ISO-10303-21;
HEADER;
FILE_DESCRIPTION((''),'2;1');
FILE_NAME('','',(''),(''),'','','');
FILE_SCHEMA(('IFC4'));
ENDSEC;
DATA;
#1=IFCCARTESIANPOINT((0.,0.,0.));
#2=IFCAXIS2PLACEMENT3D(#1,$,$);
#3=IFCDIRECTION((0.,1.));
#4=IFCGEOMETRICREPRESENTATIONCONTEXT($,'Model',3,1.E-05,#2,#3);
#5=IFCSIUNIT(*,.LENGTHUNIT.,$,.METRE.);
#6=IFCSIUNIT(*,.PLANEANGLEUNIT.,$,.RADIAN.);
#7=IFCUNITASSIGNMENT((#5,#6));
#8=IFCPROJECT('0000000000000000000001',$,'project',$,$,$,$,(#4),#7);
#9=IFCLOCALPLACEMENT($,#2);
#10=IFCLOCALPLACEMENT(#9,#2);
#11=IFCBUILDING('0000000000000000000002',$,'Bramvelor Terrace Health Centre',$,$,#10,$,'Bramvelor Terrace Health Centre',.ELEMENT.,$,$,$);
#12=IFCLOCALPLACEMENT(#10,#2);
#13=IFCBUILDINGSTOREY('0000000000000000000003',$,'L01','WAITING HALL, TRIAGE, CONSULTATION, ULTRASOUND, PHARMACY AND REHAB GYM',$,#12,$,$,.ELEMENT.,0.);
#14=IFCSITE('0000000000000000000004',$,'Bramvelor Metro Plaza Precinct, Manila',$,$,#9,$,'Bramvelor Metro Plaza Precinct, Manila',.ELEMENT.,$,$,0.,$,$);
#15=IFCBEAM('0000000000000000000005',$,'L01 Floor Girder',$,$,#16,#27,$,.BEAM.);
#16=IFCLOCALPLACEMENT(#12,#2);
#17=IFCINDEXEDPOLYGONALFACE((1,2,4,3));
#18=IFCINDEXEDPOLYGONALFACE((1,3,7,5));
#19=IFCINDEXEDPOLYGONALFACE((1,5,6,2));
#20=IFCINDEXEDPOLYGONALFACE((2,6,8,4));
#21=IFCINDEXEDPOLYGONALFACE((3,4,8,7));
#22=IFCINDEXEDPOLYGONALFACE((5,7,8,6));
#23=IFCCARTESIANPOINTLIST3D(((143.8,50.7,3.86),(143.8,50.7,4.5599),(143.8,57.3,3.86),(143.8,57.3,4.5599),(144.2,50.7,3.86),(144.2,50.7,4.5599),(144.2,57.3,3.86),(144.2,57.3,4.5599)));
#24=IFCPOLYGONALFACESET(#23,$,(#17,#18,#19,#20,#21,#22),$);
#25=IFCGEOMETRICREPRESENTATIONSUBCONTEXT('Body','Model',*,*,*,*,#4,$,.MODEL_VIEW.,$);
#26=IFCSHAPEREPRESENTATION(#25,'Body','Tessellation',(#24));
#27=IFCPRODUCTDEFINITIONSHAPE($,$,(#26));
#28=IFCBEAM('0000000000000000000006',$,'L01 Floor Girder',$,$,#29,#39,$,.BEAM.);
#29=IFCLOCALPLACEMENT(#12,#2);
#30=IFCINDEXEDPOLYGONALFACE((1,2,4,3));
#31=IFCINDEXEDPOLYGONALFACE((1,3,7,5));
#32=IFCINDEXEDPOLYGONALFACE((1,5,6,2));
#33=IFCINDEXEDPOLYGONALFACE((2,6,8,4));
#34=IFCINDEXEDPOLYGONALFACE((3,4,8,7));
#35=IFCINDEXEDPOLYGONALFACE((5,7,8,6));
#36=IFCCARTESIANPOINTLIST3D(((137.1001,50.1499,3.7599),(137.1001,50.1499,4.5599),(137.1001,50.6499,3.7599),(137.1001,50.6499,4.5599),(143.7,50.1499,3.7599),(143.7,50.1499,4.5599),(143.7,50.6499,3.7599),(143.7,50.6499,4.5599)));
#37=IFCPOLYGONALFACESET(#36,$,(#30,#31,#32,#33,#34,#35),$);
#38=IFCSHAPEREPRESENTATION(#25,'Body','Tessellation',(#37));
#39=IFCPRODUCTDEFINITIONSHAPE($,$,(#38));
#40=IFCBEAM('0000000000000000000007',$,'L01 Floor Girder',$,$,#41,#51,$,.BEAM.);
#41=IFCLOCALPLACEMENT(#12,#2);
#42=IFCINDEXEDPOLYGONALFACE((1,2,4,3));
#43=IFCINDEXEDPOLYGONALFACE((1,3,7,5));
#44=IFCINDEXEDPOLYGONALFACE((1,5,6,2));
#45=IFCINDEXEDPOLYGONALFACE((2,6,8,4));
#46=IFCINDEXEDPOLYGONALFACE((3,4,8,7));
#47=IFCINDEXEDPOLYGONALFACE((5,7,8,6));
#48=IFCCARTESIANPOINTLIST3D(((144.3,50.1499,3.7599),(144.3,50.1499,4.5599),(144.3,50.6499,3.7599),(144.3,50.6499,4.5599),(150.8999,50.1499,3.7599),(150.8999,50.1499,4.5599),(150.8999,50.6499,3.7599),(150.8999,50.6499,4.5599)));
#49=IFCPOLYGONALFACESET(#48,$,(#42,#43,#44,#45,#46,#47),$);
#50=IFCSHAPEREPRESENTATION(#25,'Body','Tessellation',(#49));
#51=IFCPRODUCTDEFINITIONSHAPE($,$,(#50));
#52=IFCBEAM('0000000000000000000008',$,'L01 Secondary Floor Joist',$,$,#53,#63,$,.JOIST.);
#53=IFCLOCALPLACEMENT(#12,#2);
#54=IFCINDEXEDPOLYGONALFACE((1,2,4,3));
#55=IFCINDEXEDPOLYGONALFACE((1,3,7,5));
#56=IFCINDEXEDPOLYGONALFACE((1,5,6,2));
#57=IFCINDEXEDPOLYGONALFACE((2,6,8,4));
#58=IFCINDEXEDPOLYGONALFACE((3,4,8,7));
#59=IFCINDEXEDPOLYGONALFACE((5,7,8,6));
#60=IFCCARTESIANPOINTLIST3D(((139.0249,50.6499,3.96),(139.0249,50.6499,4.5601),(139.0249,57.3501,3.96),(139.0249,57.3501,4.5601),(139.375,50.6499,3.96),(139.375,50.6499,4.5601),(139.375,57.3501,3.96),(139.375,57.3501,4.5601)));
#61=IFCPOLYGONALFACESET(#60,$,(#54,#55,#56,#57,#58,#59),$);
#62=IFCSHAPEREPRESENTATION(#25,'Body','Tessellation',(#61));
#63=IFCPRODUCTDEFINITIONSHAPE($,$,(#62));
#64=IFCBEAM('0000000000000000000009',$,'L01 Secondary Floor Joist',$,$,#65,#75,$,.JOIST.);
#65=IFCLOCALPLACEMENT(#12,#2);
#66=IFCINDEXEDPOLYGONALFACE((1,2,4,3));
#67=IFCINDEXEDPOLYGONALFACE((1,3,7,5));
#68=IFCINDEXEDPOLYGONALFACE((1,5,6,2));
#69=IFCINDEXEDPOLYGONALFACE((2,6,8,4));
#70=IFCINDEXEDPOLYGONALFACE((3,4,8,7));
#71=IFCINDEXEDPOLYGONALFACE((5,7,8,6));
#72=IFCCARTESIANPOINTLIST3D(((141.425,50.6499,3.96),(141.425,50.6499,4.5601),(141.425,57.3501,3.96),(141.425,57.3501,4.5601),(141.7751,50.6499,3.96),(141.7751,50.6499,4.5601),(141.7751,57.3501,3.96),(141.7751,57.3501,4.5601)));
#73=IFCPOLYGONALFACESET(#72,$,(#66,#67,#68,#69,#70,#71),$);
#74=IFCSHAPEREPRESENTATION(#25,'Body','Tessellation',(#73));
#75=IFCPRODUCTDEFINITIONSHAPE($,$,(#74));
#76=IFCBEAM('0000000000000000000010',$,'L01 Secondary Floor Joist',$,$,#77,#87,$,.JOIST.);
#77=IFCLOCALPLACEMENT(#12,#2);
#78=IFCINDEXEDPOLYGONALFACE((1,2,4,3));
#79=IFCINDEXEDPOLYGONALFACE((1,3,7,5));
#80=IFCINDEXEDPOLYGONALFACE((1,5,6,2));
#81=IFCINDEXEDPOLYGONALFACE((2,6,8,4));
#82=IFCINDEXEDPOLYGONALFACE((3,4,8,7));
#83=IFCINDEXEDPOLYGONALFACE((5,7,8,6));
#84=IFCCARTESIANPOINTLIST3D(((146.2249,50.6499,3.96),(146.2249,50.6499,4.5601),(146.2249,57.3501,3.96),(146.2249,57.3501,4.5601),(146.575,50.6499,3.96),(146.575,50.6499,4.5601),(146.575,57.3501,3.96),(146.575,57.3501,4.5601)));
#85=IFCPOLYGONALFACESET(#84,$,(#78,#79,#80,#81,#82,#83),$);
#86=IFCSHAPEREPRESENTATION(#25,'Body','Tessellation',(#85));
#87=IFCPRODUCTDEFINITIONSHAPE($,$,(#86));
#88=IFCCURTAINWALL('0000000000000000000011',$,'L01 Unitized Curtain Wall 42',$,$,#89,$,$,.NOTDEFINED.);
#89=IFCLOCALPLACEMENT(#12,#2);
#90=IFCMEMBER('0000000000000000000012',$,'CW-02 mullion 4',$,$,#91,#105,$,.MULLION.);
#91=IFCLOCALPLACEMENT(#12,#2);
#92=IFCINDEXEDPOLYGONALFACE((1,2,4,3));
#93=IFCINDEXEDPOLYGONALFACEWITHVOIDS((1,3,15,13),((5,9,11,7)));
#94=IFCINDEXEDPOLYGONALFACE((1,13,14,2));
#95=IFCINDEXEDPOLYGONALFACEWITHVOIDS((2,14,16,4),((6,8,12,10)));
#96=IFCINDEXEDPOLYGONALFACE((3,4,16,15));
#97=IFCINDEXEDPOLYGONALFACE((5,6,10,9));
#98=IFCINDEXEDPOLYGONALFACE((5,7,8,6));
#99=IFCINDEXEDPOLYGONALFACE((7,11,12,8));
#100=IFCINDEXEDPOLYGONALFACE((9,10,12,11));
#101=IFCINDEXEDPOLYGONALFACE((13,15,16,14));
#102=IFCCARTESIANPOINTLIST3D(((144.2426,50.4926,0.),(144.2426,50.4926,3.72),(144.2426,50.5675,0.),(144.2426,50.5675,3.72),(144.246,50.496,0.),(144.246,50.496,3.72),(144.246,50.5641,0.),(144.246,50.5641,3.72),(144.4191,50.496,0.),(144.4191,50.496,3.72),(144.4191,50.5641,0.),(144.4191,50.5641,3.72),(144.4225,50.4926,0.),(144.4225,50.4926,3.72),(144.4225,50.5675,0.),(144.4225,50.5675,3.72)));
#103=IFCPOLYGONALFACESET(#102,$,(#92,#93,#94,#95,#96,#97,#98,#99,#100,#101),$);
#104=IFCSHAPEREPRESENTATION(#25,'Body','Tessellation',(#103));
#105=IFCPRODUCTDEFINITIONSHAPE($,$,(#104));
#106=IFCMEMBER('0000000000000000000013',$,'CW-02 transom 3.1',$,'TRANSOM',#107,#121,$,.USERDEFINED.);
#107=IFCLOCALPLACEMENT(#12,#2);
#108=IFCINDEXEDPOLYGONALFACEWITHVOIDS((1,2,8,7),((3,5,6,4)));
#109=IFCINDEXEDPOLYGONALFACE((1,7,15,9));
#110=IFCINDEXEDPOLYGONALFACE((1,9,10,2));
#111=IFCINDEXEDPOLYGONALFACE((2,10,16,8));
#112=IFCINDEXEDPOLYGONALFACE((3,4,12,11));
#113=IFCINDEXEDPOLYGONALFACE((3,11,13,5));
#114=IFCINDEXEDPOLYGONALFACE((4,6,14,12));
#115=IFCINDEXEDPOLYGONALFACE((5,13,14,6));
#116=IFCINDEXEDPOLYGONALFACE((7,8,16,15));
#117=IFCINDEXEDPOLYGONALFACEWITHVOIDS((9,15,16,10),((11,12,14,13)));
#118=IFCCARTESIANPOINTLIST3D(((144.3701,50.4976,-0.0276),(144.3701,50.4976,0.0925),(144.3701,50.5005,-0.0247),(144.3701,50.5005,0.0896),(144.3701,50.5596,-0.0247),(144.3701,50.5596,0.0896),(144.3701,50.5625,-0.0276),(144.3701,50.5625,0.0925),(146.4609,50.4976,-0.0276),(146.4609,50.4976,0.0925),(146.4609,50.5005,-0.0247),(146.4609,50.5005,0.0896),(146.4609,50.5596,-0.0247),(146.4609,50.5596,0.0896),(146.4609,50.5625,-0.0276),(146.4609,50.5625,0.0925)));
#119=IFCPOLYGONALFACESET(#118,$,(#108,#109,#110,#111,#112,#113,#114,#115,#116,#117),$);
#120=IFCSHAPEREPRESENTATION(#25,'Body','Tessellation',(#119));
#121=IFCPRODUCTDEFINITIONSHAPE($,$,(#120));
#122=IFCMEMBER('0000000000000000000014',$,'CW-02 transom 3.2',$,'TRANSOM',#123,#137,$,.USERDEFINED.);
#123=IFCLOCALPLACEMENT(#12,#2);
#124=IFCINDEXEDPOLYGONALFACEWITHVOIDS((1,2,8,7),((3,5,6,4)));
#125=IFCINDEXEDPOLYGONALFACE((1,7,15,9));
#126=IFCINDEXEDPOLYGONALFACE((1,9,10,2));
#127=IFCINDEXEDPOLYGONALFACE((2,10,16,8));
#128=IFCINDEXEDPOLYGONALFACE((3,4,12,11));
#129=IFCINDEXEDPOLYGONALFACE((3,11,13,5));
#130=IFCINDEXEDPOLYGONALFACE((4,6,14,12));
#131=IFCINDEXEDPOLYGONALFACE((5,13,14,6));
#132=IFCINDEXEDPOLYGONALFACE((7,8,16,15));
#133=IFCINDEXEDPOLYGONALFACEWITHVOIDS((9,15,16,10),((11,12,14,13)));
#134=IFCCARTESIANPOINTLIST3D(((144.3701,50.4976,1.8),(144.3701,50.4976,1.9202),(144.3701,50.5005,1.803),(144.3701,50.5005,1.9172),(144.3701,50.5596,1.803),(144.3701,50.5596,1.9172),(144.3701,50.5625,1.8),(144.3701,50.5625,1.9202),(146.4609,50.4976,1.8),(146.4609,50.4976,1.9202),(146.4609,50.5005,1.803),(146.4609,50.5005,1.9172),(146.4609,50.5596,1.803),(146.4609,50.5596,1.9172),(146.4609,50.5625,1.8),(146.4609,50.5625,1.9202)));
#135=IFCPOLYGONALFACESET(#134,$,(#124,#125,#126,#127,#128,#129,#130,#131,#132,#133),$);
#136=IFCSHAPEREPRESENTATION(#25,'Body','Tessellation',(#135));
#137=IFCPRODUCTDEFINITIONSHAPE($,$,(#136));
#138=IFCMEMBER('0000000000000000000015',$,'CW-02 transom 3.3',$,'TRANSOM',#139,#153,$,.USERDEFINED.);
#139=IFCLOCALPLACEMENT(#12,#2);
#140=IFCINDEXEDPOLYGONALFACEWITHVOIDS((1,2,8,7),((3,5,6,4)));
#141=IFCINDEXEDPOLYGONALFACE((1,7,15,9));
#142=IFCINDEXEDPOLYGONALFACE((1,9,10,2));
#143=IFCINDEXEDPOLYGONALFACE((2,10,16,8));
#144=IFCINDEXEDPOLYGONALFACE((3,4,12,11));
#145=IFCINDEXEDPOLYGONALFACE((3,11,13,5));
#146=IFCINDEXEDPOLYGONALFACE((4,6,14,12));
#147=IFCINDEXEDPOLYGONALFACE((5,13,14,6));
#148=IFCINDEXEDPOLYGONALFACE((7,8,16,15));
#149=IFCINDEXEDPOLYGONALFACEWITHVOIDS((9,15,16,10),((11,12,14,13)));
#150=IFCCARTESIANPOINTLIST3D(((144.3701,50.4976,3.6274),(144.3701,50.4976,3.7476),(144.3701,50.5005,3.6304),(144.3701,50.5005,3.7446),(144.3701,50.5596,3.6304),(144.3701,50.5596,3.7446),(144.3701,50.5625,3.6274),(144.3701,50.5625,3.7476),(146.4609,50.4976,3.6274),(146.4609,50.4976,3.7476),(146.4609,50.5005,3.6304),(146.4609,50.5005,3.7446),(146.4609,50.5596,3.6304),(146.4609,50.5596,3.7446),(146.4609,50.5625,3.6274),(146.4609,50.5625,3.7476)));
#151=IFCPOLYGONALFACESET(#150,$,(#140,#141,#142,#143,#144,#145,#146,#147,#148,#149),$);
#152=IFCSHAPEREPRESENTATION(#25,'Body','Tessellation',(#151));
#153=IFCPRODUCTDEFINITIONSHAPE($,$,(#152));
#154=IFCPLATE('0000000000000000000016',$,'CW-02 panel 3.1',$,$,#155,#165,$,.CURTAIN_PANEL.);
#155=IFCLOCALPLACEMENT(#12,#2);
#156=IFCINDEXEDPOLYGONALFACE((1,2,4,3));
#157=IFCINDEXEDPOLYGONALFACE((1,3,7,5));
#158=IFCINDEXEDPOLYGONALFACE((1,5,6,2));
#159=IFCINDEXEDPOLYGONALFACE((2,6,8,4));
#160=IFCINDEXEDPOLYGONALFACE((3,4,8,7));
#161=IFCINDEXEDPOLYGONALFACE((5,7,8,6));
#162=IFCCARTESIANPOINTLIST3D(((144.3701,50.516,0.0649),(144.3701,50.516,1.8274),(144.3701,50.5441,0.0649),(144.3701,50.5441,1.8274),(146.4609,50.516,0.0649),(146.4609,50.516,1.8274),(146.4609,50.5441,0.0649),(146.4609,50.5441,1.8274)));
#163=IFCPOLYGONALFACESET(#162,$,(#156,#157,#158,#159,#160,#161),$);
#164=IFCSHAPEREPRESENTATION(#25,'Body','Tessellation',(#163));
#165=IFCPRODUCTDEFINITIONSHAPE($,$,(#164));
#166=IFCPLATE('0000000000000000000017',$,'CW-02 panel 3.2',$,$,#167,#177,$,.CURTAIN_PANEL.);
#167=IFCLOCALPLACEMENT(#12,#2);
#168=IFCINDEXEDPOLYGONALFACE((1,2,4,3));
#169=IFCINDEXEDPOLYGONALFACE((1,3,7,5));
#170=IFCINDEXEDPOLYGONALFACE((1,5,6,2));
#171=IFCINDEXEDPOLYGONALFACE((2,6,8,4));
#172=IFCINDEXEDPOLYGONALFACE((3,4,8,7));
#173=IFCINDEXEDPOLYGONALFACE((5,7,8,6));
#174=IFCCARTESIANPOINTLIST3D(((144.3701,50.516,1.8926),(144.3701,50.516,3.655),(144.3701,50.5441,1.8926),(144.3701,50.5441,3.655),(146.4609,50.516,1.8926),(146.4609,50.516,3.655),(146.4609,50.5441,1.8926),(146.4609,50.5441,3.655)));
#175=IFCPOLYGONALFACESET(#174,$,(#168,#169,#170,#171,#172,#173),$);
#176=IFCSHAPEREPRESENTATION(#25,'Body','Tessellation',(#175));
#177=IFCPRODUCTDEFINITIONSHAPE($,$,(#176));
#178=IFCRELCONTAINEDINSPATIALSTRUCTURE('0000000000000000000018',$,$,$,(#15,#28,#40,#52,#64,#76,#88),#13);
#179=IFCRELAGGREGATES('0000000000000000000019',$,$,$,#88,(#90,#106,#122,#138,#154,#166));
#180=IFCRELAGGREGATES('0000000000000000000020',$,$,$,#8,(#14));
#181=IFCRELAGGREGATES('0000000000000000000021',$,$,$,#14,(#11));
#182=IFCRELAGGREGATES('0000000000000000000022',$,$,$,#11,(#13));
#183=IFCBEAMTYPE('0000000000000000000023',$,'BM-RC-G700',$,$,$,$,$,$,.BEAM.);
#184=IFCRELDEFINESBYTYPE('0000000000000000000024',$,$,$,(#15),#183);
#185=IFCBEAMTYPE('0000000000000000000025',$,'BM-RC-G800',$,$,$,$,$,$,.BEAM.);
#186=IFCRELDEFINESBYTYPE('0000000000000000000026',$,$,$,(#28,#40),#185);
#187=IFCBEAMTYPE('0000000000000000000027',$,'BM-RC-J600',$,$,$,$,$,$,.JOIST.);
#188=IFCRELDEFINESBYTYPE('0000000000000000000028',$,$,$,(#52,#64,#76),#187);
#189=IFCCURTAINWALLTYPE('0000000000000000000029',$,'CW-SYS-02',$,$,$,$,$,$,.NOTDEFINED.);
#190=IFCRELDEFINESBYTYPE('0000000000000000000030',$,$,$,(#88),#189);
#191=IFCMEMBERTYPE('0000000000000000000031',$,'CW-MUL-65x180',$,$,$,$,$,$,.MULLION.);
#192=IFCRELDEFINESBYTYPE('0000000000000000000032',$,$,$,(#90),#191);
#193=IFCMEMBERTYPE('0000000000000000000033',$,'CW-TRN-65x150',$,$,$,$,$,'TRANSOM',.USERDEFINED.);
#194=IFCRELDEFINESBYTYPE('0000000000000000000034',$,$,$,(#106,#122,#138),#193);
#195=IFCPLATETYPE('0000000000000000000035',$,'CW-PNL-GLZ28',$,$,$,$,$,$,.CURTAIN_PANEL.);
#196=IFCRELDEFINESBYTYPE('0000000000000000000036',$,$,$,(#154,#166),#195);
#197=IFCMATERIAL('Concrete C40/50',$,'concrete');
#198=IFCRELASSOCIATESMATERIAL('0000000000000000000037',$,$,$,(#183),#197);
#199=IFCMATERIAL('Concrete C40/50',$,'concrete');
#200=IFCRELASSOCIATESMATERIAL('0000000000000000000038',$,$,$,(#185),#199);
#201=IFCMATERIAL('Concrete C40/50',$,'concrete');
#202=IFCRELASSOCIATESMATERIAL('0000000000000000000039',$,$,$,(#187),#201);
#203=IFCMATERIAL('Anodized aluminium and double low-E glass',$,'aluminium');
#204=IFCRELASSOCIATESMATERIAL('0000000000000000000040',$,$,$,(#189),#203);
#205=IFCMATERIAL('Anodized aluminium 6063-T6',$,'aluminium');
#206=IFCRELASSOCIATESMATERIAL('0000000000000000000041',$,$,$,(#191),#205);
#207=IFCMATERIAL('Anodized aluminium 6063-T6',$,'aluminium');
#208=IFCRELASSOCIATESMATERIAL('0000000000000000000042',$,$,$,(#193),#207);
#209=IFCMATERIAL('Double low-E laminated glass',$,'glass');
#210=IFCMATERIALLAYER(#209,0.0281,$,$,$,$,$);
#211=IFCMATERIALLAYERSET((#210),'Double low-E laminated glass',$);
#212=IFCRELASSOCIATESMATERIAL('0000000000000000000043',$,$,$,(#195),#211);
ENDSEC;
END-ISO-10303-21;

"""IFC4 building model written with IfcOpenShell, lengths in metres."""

from ifc_helpers import new_model, si_unit, direction, frame, origin, origin_2d, place, context, subcontext, project, spatial, rectangle, hollow_rectangle, extrude, material, layer, layer_set, material_profile, profile_set, type_object, element, aggregate, save


model = new_model("IFC4")

# Units and contexts
model_context = context("Model", 3, precision=1e-05, world=origin(), true_north=direction((0.0, 1.0)))
body_context = subcontext(model_context, "Body", "Model", "MODEL_VIEW")
ifc_project = project(units=[si_unit("LENGTHUNIT", "METRE"), si_unit("PLANEANGLEUNIT", "RADIAN")], contexts=[model_context])

# Site, building, storey
site_placement = place(None, origin())
site = spatial("IfcSite", under=ifc_project, at=site_placement, Name="Bramvelor Metro Plaza Precinct, Manila", LongName="Bramvelor Metro Plaza Precinct, Manila", CompositionType="ELEMENT", RefElevation=0.0)
building_placement = place(site_placement, origin())
building = spatial("IfcBuilding", under=site, at=building_placement, Name="Bramvelor Terrace Health Centre", LongName="Bramvelor Terrace Health Centre", CompositionType="ELEMENT")
storey_placement = place(building_placement, origin())
storey = spatial("IfcBuildingStorey", under=building, at=storey_placement, Name="L01", Description="WAITING HALL, TRIAGE, CONSULTATION, ULTRASOUND, PHARMACY AND REHAB GYM", CompositionType="ELEMENT", Elevation=0.0)

# Beams
ifc_material_1 = material(Name="Concrete C40/50", Category="concrete")
ifc_material_profile_1 = material_profile(ifc_material_1, rectangle(XDim=0.3999, YDim=0.7, at=origin_2d()), Name="RC 400x700")
ifc_profile_set_1 = profile_set([ifc_material_profile_1], Name="Concrete C40/50")
beam_type_1 = type_object("IfcBeamType", Name="BM-RC-G700", PredefinedType="BEAM", material=ifc_profile_set_1)
beam_placement = place(storey_placement, frame((144.0, 50.7, 4.21), z_axis=(0.0, 1.0, 0.0), x_axis=(-1.0, 0.0, 0.0)))
element("IfcBeam", 1, at=beam_placement, inside=storey, type_object=beam_type_1, Name="L01 Floor Girder", PredefinedType="BEAM", context=body_context, shape_type="SweptSolid", body=[
    extrude(rectangle(XDim=0.3999, YDim=0.7, at=origin_2d()), origin(), (0.0, 0.0, 1.0), 6.6001),
])
ifc_material_2 = material(Name="Concrete C40/50", Category="concrete")
ifc_material_profile_2 = material_profile(ifc_material_2, rectangle(XDim=0.5, YDim=0.8, at=origin_2d()), Name="RC 500x800")
ifc_profile_set_2 = profile_set([ifc_material_profile_2], Name="Concrete C40/50")
beam_type_2 = type_object("IfcBeamType", Name="BM-RC-G800", PredefinedType="BEAM", material=ifc_profile_set_2)
for number, where, z_axis, x_axis, name in (
    (2, (137.1001, 50.3999, 4.1599), (1.0, 0.0, 0.0), (0.0, 1.0, 0.0), "L01 Floor Girder"),
    (3, (144.3, 50.3999, 4.1599), (1.0, 0.0, 0.0), (0.0, 1.0, 0.0), "L01 Floor Girder"),
):
    element("IfcBeam", number, at=place(storey_placement, frame(where, z_axis=z_axis, x_axis=x_axis)), inside=storey, type_object=beam_type_2, Name=name, PredefinedType="BEAM", context=body_context, shape_type="SweptSolid", body=[
        extrude(rectangle(XDim=0.5, YDim=0.8, at=origin_2d()), origin(), (0.0, 0.0, 1.0), 6.5999),
    ])
ifc_material_3 = material(Name="Concrete C40/50", Category="concrete")
ifc_material_profile_3 = material_profile(ifc_material_3, rectangle(XDim=0.3501, YDim=0.6001, at=origin_2d()), Name="RC 350x600")
ifc_profile_set_3 = profile_set([ifc_material_profile_3], Name="Concrete C40/50")
beam_type_3 = type_object("IfcBeamType", Name="BM-RC-J600", PredefinedType="JOIST", material=ifc_profile_set_3)
for number, where, z_axis, x_axis, name in (
    (4, (139.2, 50.6499, 4.26), (0.0, 1.0, 0.0), (-1.0, 0.0, 0.0), "L01 Secondary Floor Joist"),
    (5, (141.6001, 50.6499, 4.26), (0.0, 1.0, 0.0), (-1.0, 0.0, 0.0), "L01 Secondary Floor Joist"),
    (6, (146.3999, 50.6499, 4.26), (0.0, 1.0, 0.0), (-1.0, 0.0, 0.0), "L01 Secondary Floor Joist"),
):
    element("IfcBeam", number, at=place(storey_placement, frame(where, z_axis=z_axis, x_axis=x_axis)), inside=storey, type_object=beam_type_3, Name=name, PredefinedType="JOIST", context=body_context, shape_type="SweptSolid", body=[
        extrude(rectangle(XDim=0.3501, YDim=0.6001, at=origin_2d()), origin(), (0.0, 0.0, 1.0), 6.7002),
    ])

# Curtain wall, members, plates
ifc_material_4 = material(Name="Anodized aluminium and double low-E glass", Category="aluminium")
curtain_wall_type = type_object("IfcCurtainWallType", Name="CW-SYS-02", PredefinedType="NOTDEFINED", material=ifc_material_4)
curtain_wall_placement = place(storey_placement, origin())
curtain_wall = element("IfcCurtainWall", 7, at=curtain_wall_placement, inside=storey, type_object=curtain_wall_type, Name="L01 Unitized Curtain Wall 42", PredefinedType="NOTDEFINED")
ifc_material_5 = material(Name="Anodized aluminium 6063-T6", Category="aluminium")
ifc_material_profile_4 = material_profile(ifc_material_5, hollow_rectangle(XDim=0.075, YDim=0.1799, WallThickness=0.0034, at=origin_2d()), Name="ALU-MUL 75x180x3.5")
ifc_profile_set_4 = profile_set([ifc_material_profile_4], Name="Anodized aluminium 6063-T6")
member_type_1 = type_object("IfcMemberType", Name="CW-MUL-65x180", PredefinedType="MULLION", material=ifc_profile_set_4)
member_1_placement = place(storey_placement, frame((144.3325, 50.53, 0.0), z_axis=(0.0, 0.0, 1.0), x_axis=(0.0, -1.0, 0.0)))
member_1 = element("IfcMember", 8, at=member_1_placement, type_object=member_type_1, Name="CW-02 mullion 4", PredefinedType="MULLION", context=body_context, shape_type="SweptSolid", body=[
    extrude(hollow_rectangle(XDim=0.075, YDim=0.1799, WallThickness=0.0034, at=origin_2d()), origin(), (0.0, 0.0, 1.0), 3.72),
])
ifc_material_6 = material(Name="Anodized aluminium 6063-T6", Category="aluminium")
ifc_material_profile_5 = material_profile(ifc_material_6, hollow_rectangle(XDim=0.0649, YDim=0.1201, WallThickness=0.0029, at=origin_2d()), Name="ALU-TRN 65x120x3.0")
ifc_profile_set_5 = profile_set([ifc_material_profile_5], Name="Anodized aluminium 6063-T6")
member_type_2 = type_object("IfcMemberType", Name="CW-TRN-65x150", ElementType="TRANSOM", PredefinedType="USERDEFINED", material=ifc_profile_set_5)
member_2_placement = place(storey_placement, frame((146.4609, 50.53, 0.0325), z_axis=(-1.0, 0.0, 0.0), x_axis=(0.0, -1.0, 0.0)))
member_2 = element("IfcMember", 9, at=member_2_placement, type_object=member_type_2, Name="CW-02 transom 3.1", ObjectType="TRANSOM", PredefinedType="USERDEFINED", context=body_context, shape_type="SweptSolid", body=[
    extrude(hollow_rectangle(XDim=0.0649, YDim=0.1201, WallThickness=0.0029, at=origin_2d()), origin(), (0.0, 0.0, 1.0), 2.0908),
])
member_3_placement = place(storey_placement, frame((146.4609, 50.53, 1.8601), z_axis=(-1.0, 0.0, 0.0), x_axis=(0.0, -1.0, 0.0)))
member_3 = element("IfcMember", 10, at=member_3_placement, type_object=member_type_2, Name="CW-02 transom 3.2", ObjectType="TRANSOM", PredefinedType="USERDEFINED", context=body_context, shape_type="SweptSolid", body=[
    extrude(hollow_rectangle(XDim=0.0649, YDim=0.1201, WallThickness=0.0029, at=origin_2d()), origin(), (0.0, 0.0, 1.0), 2.0908),
])
member_4_placement = place(storey_placement, frame((146.4609, 50.53, 3.6875), z_axis=(-1.0, 0.0, 0.0), x_axis=(0.0, -1.0, 0.0)))
member_4 = element("IfcMember", 11, at=member_4_placement, type_object=member_type_2, Name="CW-02 transom 3.3", ObjectType="TRANSOM", PredefinedType="USERDEFINED", context=body_context, shape_type="SweptSolid", body=[
    extrude(hollow_rectangle(XDim=0.0649, YDim=0.1201, WallThickness=0.0029, at=origin_2d()), origin(), (0.0, 0.0, 1.0), 2.0908),
])
ifc_material_7 = material(Name="Double low-E laminated glass", Category="glass")
ifc_layer_1 = layer(ifc_material_7, 0.0281)
ifc_layer_set_1 = layer_set([ifc_layer_1], Name="Double low-E laminated glass")
plate_type = type_object("IfcPlateType", Name="CW-PNL-GLZ28", PredefinedType="CURTAIN_PANEL", material=ifc_layer_set_1)
plate_1_placement = place(storey_placement, frame((145.4155, 50.53, 0.0649), z_axis=(0.0, 0.0, 1.0), x_axis=(-1.0, 0.0, 0.0)))
plate_1 = element("IfcPlate", 12, at=plate_1_placement, type_object=plate_type, Name="CW-02 panel 3.1", PredefinedType="CURTAIN_PANEL", context=body_context, shape_type="SweptSolid", body=[
    extrude(rectangle(XDim=2.0908, YDim=0.0281, at=origin_2d()), origin(), (0.0, 0.0, 1.0), 1.7625),
])
plate_2_placement = place(storey_placement, frame((145.4155, 50.53, 1.8926), z_axis=(0.0, 0.0, 1.0), x_axis=(-1.0, 0.0, 0.0)))
plate_2 = element("IfcPlate", 13, at=plate_2_placement, type_object=plate_type, Name="CW-02 panel 3.2", PredefinedType="CURTAIN_PANEL", context=body_context, shape_type="SweptSolid", body=[
    extrude(rectangle(XDim=2.0908, YDim=0.0281, at=origin_2d()), origin(), (0.0, 0.0, 1.0), 1.7625),
])
aggregate(curtain_wall, [member_1, member_2, member_3, member_4, plate_1, plate_2])

save(model, "model.ifc")
